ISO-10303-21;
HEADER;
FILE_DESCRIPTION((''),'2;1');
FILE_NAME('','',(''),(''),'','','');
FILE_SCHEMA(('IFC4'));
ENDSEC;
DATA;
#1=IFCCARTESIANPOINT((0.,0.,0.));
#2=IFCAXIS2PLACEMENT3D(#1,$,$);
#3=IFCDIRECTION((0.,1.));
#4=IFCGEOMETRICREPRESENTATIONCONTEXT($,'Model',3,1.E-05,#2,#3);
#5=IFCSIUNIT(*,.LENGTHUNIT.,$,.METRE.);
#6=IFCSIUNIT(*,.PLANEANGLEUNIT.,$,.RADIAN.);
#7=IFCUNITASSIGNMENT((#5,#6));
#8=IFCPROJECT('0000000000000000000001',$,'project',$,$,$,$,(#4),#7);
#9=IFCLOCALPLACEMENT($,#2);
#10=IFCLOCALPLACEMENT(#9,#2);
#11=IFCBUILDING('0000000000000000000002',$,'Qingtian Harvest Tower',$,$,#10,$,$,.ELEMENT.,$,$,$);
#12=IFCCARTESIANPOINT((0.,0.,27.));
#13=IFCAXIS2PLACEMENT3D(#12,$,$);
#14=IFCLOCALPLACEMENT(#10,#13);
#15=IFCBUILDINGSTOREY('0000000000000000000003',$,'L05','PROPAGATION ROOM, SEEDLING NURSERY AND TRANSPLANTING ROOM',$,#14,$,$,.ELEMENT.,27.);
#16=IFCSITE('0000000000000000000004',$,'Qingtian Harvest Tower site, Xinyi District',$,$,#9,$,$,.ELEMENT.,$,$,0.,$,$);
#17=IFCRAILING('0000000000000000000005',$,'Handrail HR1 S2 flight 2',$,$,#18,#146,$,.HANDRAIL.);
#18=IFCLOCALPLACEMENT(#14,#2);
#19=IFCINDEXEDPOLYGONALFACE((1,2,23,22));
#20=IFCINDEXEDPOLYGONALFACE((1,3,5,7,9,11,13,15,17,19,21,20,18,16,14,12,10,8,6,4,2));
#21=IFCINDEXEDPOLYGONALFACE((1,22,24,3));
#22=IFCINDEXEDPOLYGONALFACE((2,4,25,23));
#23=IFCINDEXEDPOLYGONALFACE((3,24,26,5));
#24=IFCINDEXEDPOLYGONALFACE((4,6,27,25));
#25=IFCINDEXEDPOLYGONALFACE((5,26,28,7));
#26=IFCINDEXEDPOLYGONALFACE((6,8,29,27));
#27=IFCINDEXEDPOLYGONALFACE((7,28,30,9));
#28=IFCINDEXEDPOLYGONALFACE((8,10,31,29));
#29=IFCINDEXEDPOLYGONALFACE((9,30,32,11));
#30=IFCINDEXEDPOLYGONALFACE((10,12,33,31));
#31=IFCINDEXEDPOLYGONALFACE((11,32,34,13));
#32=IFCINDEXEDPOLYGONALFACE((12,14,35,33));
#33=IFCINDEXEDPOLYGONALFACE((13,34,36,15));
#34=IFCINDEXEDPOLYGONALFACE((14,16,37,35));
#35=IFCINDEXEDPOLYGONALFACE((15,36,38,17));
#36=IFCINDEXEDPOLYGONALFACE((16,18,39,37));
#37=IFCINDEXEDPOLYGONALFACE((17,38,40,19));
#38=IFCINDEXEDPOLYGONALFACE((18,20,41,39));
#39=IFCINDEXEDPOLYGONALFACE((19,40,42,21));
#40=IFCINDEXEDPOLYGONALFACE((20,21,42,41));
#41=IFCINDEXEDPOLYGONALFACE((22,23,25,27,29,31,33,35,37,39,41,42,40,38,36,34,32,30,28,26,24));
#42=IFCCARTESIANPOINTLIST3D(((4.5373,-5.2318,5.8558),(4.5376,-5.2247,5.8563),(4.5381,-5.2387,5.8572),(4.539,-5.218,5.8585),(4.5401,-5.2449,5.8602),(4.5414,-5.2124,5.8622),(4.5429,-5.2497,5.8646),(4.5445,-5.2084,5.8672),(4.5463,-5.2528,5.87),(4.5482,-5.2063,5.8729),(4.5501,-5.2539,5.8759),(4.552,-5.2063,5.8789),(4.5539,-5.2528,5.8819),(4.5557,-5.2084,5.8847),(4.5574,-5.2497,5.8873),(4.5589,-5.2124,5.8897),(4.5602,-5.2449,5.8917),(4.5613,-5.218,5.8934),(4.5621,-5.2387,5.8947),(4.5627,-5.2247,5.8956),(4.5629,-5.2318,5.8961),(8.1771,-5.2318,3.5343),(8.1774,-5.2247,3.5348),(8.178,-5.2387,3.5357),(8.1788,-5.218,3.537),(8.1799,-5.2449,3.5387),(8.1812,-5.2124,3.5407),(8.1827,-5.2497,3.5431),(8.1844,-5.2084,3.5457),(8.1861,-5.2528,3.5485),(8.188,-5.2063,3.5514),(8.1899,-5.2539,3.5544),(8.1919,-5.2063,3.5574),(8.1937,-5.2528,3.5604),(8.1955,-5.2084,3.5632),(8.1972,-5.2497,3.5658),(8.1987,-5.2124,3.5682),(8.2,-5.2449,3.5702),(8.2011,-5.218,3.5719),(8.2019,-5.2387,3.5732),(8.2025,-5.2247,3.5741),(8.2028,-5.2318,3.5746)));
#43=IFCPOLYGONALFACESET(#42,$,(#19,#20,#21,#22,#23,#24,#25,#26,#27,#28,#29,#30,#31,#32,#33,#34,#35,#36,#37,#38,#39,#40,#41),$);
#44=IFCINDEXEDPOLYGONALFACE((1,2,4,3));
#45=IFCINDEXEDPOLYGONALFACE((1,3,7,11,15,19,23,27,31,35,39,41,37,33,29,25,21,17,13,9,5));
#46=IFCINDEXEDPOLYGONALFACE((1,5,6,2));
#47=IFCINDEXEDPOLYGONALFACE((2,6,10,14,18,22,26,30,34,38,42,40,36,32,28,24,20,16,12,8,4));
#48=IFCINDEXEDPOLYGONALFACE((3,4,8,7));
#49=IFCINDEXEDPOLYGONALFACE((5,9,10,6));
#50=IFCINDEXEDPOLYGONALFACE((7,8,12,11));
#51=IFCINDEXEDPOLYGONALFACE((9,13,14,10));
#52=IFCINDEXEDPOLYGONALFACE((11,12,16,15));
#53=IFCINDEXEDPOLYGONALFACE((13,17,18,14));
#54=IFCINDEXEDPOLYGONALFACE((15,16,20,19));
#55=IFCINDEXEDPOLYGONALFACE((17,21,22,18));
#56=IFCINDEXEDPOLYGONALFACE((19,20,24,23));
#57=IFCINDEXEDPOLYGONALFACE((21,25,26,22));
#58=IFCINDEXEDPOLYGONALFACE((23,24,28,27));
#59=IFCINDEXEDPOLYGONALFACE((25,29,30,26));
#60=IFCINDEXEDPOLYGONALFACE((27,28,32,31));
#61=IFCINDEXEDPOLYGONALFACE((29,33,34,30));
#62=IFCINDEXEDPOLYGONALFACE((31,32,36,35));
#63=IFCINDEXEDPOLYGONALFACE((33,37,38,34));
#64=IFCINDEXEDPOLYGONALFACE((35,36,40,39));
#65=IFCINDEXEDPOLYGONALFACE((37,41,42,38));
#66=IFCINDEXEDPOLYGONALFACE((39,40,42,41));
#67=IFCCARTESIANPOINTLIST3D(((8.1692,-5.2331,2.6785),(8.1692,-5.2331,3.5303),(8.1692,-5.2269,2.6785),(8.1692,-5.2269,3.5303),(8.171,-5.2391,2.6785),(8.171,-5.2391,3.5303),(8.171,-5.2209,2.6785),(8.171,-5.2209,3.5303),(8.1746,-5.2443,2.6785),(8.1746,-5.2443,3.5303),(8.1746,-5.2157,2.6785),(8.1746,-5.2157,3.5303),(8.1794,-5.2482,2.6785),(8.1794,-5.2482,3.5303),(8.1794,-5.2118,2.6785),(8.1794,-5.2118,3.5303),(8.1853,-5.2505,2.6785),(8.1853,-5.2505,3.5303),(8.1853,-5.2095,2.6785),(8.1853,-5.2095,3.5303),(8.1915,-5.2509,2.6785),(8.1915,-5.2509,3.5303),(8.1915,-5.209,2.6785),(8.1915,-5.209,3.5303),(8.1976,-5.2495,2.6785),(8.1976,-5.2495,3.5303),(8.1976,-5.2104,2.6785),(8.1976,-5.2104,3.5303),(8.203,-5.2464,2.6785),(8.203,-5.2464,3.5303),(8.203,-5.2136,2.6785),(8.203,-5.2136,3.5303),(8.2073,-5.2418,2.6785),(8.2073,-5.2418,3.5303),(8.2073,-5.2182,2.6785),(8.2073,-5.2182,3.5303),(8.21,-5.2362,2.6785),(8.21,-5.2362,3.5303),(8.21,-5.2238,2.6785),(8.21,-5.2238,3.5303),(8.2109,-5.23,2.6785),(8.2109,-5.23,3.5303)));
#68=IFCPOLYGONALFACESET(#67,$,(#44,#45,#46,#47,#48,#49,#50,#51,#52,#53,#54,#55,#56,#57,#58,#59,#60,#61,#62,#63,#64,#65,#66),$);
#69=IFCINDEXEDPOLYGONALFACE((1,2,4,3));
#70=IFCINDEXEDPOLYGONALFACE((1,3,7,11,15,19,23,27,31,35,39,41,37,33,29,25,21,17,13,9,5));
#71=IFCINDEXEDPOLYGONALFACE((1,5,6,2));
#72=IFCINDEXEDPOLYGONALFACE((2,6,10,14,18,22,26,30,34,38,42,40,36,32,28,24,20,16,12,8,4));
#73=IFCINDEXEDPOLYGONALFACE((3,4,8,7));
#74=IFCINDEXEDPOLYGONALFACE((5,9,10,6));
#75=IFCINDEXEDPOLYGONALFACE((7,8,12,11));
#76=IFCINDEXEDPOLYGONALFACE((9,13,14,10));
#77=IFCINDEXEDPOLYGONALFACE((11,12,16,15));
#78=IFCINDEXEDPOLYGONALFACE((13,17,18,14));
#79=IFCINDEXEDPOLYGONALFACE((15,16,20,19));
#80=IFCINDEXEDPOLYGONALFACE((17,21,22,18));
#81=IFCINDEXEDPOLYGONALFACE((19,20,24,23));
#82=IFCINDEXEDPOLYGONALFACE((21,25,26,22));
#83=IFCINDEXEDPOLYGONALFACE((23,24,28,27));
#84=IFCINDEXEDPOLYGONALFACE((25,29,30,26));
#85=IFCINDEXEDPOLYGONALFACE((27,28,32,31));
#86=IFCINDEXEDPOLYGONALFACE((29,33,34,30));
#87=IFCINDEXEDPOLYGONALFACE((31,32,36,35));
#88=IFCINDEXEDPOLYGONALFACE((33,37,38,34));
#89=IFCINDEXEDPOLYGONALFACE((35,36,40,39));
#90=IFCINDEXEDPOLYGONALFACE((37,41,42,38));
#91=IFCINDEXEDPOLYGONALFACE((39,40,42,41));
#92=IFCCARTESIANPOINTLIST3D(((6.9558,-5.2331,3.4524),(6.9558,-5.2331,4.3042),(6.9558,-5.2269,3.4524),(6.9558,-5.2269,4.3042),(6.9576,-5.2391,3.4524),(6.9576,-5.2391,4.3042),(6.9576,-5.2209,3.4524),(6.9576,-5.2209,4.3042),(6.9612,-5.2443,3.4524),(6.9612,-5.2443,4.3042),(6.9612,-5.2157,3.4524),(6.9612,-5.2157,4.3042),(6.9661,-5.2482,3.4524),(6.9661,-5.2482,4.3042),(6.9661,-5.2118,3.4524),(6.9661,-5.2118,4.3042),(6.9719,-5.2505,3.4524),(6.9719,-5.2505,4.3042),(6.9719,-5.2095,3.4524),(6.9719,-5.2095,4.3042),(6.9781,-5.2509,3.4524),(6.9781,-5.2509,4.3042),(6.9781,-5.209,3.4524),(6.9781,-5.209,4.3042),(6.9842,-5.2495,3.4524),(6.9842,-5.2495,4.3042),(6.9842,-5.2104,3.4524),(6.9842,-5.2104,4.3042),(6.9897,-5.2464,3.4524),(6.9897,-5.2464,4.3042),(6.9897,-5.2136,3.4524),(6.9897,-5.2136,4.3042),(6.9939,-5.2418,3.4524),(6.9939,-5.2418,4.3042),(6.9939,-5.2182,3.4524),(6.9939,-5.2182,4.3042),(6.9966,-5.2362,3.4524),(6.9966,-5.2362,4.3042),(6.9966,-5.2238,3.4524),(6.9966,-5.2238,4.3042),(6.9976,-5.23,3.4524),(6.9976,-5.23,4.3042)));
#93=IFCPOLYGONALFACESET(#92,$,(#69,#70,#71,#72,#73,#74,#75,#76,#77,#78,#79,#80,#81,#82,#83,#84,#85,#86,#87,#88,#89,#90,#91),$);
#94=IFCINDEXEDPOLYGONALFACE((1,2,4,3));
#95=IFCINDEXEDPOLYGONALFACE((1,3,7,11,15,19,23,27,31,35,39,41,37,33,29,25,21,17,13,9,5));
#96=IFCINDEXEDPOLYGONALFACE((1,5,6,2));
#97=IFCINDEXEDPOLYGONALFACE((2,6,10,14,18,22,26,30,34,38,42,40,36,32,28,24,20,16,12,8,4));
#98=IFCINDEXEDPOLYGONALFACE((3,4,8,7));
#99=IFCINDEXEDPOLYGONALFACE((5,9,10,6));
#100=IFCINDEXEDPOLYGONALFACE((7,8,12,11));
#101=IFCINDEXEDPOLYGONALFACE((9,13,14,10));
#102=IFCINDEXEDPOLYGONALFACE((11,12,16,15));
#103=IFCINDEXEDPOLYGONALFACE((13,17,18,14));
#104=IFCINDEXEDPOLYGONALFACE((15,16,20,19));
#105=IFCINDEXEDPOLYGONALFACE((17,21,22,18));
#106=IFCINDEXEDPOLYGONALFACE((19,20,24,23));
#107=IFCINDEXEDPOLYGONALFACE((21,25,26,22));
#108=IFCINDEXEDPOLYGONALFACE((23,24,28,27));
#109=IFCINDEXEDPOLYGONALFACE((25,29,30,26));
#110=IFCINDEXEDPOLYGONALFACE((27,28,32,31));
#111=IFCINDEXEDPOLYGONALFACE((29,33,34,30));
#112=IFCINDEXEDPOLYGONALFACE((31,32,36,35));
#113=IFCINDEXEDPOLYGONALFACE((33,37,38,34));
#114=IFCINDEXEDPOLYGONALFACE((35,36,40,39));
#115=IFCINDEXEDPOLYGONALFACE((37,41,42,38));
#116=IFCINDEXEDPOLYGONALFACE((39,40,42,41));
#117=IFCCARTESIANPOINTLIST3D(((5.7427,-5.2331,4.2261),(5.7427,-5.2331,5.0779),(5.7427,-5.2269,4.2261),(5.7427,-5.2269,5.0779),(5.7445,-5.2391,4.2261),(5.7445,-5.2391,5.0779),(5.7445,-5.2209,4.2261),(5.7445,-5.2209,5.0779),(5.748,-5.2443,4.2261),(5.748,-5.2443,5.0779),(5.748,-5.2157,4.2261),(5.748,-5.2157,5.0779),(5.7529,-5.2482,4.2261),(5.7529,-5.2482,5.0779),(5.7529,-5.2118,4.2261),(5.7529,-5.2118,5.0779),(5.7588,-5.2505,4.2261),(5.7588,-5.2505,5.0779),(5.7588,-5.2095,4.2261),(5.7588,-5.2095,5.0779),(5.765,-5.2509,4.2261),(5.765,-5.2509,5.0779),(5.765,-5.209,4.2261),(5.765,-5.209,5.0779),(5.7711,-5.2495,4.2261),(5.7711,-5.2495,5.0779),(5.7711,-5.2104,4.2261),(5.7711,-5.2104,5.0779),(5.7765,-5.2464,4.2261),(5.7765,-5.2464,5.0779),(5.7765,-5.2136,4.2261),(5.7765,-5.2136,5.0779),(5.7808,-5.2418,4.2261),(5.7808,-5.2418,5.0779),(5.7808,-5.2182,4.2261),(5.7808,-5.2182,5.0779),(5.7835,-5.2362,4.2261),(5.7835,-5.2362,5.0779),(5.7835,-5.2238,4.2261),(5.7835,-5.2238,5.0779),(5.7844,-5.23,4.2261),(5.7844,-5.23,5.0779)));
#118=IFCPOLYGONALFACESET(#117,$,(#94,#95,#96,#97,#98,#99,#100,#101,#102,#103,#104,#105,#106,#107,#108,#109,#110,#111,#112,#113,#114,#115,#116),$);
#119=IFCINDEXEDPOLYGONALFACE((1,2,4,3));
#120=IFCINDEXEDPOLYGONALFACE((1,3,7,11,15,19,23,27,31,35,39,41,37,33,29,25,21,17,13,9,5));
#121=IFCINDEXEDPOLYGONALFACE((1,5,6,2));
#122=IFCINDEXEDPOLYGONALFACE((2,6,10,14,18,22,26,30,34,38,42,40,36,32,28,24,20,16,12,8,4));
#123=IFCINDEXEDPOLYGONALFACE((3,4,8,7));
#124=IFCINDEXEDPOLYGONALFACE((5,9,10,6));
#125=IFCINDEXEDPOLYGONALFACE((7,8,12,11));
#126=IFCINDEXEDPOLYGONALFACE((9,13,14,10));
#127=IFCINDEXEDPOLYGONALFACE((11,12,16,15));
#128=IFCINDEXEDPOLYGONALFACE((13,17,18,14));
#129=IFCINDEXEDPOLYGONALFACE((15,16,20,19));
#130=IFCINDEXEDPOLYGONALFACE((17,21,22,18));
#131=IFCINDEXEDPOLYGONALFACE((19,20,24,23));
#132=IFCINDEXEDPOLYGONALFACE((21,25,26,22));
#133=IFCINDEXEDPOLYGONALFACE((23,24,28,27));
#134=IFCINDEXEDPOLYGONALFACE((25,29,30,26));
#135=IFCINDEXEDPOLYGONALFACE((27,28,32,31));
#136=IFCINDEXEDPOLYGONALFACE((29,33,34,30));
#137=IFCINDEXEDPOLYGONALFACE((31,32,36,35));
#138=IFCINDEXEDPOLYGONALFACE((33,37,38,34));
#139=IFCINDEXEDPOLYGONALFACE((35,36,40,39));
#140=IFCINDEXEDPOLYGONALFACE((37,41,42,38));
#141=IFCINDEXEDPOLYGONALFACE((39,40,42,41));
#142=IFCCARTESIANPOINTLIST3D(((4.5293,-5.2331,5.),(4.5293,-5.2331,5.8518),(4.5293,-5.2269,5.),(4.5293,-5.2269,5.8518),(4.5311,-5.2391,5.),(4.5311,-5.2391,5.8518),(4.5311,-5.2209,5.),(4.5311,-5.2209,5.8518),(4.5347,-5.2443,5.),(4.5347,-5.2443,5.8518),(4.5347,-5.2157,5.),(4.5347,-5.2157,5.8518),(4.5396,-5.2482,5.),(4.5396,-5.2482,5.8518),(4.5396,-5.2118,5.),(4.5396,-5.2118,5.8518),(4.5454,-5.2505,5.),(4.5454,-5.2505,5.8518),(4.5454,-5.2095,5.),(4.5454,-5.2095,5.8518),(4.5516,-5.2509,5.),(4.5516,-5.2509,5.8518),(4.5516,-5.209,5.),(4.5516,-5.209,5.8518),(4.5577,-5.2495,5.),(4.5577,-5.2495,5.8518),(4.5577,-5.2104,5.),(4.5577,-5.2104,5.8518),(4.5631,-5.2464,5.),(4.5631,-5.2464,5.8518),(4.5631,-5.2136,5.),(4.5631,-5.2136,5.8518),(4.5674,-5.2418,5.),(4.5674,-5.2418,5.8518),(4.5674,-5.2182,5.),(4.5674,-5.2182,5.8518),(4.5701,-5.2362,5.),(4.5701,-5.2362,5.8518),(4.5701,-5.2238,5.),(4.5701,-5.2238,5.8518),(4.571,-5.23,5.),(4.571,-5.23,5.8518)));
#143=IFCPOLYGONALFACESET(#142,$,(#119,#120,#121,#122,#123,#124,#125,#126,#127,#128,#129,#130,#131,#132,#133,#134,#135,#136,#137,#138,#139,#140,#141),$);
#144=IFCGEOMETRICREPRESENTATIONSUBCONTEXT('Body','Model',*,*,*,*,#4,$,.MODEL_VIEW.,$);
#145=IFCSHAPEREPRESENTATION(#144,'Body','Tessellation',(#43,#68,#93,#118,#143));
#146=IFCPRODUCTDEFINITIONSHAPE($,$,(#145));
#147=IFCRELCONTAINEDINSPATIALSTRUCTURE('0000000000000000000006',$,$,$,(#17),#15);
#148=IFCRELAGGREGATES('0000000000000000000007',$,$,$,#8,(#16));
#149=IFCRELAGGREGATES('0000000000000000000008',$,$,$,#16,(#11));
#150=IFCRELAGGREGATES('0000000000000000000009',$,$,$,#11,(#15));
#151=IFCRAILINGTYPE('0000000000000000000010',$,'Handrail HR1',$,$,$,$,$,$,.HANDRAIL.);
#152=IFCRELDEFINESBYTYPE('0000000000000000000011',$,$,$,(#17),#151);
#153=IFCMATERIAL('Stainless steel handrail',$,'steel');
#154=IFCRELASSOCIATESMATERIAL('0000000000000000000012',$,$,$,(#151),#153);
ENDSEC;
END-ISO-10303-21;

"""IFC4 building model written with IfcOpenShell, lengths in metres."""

from ifc_helpers import new_model, si_unit, direction, frame, origin, origin_2d, place, context, subcontext, project, spatial, circle, extrude, material, type_object, element, save


model = new_model("IFC4")

# Units and contexts
model_context = context("Model", 3, precision=1e-05, world=origin(), true_north=direction((0.0, 1.0)))
body_context = subcontext(model_context, "Body", "Model", "MODEL_VIEW")
ifc_project = project(units=[si_unit("LENGTHUNIT", "METRE"), si_unit("PLANEANGLEUNIT", "RADIAN")], contexts=[model_context])

# Site, building, storey
site_placement = place(None, origin())
site = spatial("IfcSite", under=ifc_project, at=site_placement, Name="Qingtian Harvest Tower site, Xinyi District", CompositionType="ELEMENT", RefElevation=0.0)
building_placement = place(site_placement, origin())
building = spatial("IfcBuilding", under=site, at=building_placement, Name="Qingtian Harvest Tower", CompositionType="ELEMENT")
storey_placement = place(building_placement, frame((0.0, 0.0, 27.0)))
storey = spatial("IfcBuildingStorey", under=building, at=storey_placement, Name="L05", Description="PROPAGATION ROOM, SEEDLING NURSERY AND TRANSPLANTING ROOM", CompositionType="ELEMENT", Elevation=27.0)

# Railing
ifc_material_1 = material(Name="Stainless steel handrail", Category="steel")
railing_type = type_object("IfcRailingType", Name="Handrail HR1", PredefinedType="HANDRAIL", material=ifc_material_1)
railing_1_placement = place(storey_placement, frame((8.1899, -5.23, 2.6785)))
element("IfcRailing", 1, at=railing_1_placement, inside=storey, type_object=railing_type, Name="Handrail HR1 S2 flight 2", PredefinedType="HANDRAIL", context=body_context, shape_type="SweptSolid", body=[
    extrude(circle(Radius=0.0239, at=origin_2d()), frame((0.0, 0.0, 0.876), z_axis=(-0.843112, 0.0, 0.537739), x_axis=(0.0, -1.0, 0.0)), (0.0, 0.0, 1.0), 4.3171),
    extrude(circle(Radius=0.021, at=origin_2d()), origin(), (0.0, 0.0, 1.0), 0.8518),
    extrude(circle(Radius=0.021, at=origin_2d()), frame((-1.2134, 0.0, 0.7739)), (0.0, 0.0, 1.0), 0.8518),
    extrude(circle(Radius=0.021, at=origin_2d()), frame((-2.4265, 0.0, 1.5476)), (0.0, 0.0, 1.0), 0.8518),
    extrude(circle(Radius=0.021, at=origin_2d()), frame((-3.6399, 0.0, 2.3215)), (0.0, 0.0, 1.0), 0.8518),
])

save(model, "model.ifc")
